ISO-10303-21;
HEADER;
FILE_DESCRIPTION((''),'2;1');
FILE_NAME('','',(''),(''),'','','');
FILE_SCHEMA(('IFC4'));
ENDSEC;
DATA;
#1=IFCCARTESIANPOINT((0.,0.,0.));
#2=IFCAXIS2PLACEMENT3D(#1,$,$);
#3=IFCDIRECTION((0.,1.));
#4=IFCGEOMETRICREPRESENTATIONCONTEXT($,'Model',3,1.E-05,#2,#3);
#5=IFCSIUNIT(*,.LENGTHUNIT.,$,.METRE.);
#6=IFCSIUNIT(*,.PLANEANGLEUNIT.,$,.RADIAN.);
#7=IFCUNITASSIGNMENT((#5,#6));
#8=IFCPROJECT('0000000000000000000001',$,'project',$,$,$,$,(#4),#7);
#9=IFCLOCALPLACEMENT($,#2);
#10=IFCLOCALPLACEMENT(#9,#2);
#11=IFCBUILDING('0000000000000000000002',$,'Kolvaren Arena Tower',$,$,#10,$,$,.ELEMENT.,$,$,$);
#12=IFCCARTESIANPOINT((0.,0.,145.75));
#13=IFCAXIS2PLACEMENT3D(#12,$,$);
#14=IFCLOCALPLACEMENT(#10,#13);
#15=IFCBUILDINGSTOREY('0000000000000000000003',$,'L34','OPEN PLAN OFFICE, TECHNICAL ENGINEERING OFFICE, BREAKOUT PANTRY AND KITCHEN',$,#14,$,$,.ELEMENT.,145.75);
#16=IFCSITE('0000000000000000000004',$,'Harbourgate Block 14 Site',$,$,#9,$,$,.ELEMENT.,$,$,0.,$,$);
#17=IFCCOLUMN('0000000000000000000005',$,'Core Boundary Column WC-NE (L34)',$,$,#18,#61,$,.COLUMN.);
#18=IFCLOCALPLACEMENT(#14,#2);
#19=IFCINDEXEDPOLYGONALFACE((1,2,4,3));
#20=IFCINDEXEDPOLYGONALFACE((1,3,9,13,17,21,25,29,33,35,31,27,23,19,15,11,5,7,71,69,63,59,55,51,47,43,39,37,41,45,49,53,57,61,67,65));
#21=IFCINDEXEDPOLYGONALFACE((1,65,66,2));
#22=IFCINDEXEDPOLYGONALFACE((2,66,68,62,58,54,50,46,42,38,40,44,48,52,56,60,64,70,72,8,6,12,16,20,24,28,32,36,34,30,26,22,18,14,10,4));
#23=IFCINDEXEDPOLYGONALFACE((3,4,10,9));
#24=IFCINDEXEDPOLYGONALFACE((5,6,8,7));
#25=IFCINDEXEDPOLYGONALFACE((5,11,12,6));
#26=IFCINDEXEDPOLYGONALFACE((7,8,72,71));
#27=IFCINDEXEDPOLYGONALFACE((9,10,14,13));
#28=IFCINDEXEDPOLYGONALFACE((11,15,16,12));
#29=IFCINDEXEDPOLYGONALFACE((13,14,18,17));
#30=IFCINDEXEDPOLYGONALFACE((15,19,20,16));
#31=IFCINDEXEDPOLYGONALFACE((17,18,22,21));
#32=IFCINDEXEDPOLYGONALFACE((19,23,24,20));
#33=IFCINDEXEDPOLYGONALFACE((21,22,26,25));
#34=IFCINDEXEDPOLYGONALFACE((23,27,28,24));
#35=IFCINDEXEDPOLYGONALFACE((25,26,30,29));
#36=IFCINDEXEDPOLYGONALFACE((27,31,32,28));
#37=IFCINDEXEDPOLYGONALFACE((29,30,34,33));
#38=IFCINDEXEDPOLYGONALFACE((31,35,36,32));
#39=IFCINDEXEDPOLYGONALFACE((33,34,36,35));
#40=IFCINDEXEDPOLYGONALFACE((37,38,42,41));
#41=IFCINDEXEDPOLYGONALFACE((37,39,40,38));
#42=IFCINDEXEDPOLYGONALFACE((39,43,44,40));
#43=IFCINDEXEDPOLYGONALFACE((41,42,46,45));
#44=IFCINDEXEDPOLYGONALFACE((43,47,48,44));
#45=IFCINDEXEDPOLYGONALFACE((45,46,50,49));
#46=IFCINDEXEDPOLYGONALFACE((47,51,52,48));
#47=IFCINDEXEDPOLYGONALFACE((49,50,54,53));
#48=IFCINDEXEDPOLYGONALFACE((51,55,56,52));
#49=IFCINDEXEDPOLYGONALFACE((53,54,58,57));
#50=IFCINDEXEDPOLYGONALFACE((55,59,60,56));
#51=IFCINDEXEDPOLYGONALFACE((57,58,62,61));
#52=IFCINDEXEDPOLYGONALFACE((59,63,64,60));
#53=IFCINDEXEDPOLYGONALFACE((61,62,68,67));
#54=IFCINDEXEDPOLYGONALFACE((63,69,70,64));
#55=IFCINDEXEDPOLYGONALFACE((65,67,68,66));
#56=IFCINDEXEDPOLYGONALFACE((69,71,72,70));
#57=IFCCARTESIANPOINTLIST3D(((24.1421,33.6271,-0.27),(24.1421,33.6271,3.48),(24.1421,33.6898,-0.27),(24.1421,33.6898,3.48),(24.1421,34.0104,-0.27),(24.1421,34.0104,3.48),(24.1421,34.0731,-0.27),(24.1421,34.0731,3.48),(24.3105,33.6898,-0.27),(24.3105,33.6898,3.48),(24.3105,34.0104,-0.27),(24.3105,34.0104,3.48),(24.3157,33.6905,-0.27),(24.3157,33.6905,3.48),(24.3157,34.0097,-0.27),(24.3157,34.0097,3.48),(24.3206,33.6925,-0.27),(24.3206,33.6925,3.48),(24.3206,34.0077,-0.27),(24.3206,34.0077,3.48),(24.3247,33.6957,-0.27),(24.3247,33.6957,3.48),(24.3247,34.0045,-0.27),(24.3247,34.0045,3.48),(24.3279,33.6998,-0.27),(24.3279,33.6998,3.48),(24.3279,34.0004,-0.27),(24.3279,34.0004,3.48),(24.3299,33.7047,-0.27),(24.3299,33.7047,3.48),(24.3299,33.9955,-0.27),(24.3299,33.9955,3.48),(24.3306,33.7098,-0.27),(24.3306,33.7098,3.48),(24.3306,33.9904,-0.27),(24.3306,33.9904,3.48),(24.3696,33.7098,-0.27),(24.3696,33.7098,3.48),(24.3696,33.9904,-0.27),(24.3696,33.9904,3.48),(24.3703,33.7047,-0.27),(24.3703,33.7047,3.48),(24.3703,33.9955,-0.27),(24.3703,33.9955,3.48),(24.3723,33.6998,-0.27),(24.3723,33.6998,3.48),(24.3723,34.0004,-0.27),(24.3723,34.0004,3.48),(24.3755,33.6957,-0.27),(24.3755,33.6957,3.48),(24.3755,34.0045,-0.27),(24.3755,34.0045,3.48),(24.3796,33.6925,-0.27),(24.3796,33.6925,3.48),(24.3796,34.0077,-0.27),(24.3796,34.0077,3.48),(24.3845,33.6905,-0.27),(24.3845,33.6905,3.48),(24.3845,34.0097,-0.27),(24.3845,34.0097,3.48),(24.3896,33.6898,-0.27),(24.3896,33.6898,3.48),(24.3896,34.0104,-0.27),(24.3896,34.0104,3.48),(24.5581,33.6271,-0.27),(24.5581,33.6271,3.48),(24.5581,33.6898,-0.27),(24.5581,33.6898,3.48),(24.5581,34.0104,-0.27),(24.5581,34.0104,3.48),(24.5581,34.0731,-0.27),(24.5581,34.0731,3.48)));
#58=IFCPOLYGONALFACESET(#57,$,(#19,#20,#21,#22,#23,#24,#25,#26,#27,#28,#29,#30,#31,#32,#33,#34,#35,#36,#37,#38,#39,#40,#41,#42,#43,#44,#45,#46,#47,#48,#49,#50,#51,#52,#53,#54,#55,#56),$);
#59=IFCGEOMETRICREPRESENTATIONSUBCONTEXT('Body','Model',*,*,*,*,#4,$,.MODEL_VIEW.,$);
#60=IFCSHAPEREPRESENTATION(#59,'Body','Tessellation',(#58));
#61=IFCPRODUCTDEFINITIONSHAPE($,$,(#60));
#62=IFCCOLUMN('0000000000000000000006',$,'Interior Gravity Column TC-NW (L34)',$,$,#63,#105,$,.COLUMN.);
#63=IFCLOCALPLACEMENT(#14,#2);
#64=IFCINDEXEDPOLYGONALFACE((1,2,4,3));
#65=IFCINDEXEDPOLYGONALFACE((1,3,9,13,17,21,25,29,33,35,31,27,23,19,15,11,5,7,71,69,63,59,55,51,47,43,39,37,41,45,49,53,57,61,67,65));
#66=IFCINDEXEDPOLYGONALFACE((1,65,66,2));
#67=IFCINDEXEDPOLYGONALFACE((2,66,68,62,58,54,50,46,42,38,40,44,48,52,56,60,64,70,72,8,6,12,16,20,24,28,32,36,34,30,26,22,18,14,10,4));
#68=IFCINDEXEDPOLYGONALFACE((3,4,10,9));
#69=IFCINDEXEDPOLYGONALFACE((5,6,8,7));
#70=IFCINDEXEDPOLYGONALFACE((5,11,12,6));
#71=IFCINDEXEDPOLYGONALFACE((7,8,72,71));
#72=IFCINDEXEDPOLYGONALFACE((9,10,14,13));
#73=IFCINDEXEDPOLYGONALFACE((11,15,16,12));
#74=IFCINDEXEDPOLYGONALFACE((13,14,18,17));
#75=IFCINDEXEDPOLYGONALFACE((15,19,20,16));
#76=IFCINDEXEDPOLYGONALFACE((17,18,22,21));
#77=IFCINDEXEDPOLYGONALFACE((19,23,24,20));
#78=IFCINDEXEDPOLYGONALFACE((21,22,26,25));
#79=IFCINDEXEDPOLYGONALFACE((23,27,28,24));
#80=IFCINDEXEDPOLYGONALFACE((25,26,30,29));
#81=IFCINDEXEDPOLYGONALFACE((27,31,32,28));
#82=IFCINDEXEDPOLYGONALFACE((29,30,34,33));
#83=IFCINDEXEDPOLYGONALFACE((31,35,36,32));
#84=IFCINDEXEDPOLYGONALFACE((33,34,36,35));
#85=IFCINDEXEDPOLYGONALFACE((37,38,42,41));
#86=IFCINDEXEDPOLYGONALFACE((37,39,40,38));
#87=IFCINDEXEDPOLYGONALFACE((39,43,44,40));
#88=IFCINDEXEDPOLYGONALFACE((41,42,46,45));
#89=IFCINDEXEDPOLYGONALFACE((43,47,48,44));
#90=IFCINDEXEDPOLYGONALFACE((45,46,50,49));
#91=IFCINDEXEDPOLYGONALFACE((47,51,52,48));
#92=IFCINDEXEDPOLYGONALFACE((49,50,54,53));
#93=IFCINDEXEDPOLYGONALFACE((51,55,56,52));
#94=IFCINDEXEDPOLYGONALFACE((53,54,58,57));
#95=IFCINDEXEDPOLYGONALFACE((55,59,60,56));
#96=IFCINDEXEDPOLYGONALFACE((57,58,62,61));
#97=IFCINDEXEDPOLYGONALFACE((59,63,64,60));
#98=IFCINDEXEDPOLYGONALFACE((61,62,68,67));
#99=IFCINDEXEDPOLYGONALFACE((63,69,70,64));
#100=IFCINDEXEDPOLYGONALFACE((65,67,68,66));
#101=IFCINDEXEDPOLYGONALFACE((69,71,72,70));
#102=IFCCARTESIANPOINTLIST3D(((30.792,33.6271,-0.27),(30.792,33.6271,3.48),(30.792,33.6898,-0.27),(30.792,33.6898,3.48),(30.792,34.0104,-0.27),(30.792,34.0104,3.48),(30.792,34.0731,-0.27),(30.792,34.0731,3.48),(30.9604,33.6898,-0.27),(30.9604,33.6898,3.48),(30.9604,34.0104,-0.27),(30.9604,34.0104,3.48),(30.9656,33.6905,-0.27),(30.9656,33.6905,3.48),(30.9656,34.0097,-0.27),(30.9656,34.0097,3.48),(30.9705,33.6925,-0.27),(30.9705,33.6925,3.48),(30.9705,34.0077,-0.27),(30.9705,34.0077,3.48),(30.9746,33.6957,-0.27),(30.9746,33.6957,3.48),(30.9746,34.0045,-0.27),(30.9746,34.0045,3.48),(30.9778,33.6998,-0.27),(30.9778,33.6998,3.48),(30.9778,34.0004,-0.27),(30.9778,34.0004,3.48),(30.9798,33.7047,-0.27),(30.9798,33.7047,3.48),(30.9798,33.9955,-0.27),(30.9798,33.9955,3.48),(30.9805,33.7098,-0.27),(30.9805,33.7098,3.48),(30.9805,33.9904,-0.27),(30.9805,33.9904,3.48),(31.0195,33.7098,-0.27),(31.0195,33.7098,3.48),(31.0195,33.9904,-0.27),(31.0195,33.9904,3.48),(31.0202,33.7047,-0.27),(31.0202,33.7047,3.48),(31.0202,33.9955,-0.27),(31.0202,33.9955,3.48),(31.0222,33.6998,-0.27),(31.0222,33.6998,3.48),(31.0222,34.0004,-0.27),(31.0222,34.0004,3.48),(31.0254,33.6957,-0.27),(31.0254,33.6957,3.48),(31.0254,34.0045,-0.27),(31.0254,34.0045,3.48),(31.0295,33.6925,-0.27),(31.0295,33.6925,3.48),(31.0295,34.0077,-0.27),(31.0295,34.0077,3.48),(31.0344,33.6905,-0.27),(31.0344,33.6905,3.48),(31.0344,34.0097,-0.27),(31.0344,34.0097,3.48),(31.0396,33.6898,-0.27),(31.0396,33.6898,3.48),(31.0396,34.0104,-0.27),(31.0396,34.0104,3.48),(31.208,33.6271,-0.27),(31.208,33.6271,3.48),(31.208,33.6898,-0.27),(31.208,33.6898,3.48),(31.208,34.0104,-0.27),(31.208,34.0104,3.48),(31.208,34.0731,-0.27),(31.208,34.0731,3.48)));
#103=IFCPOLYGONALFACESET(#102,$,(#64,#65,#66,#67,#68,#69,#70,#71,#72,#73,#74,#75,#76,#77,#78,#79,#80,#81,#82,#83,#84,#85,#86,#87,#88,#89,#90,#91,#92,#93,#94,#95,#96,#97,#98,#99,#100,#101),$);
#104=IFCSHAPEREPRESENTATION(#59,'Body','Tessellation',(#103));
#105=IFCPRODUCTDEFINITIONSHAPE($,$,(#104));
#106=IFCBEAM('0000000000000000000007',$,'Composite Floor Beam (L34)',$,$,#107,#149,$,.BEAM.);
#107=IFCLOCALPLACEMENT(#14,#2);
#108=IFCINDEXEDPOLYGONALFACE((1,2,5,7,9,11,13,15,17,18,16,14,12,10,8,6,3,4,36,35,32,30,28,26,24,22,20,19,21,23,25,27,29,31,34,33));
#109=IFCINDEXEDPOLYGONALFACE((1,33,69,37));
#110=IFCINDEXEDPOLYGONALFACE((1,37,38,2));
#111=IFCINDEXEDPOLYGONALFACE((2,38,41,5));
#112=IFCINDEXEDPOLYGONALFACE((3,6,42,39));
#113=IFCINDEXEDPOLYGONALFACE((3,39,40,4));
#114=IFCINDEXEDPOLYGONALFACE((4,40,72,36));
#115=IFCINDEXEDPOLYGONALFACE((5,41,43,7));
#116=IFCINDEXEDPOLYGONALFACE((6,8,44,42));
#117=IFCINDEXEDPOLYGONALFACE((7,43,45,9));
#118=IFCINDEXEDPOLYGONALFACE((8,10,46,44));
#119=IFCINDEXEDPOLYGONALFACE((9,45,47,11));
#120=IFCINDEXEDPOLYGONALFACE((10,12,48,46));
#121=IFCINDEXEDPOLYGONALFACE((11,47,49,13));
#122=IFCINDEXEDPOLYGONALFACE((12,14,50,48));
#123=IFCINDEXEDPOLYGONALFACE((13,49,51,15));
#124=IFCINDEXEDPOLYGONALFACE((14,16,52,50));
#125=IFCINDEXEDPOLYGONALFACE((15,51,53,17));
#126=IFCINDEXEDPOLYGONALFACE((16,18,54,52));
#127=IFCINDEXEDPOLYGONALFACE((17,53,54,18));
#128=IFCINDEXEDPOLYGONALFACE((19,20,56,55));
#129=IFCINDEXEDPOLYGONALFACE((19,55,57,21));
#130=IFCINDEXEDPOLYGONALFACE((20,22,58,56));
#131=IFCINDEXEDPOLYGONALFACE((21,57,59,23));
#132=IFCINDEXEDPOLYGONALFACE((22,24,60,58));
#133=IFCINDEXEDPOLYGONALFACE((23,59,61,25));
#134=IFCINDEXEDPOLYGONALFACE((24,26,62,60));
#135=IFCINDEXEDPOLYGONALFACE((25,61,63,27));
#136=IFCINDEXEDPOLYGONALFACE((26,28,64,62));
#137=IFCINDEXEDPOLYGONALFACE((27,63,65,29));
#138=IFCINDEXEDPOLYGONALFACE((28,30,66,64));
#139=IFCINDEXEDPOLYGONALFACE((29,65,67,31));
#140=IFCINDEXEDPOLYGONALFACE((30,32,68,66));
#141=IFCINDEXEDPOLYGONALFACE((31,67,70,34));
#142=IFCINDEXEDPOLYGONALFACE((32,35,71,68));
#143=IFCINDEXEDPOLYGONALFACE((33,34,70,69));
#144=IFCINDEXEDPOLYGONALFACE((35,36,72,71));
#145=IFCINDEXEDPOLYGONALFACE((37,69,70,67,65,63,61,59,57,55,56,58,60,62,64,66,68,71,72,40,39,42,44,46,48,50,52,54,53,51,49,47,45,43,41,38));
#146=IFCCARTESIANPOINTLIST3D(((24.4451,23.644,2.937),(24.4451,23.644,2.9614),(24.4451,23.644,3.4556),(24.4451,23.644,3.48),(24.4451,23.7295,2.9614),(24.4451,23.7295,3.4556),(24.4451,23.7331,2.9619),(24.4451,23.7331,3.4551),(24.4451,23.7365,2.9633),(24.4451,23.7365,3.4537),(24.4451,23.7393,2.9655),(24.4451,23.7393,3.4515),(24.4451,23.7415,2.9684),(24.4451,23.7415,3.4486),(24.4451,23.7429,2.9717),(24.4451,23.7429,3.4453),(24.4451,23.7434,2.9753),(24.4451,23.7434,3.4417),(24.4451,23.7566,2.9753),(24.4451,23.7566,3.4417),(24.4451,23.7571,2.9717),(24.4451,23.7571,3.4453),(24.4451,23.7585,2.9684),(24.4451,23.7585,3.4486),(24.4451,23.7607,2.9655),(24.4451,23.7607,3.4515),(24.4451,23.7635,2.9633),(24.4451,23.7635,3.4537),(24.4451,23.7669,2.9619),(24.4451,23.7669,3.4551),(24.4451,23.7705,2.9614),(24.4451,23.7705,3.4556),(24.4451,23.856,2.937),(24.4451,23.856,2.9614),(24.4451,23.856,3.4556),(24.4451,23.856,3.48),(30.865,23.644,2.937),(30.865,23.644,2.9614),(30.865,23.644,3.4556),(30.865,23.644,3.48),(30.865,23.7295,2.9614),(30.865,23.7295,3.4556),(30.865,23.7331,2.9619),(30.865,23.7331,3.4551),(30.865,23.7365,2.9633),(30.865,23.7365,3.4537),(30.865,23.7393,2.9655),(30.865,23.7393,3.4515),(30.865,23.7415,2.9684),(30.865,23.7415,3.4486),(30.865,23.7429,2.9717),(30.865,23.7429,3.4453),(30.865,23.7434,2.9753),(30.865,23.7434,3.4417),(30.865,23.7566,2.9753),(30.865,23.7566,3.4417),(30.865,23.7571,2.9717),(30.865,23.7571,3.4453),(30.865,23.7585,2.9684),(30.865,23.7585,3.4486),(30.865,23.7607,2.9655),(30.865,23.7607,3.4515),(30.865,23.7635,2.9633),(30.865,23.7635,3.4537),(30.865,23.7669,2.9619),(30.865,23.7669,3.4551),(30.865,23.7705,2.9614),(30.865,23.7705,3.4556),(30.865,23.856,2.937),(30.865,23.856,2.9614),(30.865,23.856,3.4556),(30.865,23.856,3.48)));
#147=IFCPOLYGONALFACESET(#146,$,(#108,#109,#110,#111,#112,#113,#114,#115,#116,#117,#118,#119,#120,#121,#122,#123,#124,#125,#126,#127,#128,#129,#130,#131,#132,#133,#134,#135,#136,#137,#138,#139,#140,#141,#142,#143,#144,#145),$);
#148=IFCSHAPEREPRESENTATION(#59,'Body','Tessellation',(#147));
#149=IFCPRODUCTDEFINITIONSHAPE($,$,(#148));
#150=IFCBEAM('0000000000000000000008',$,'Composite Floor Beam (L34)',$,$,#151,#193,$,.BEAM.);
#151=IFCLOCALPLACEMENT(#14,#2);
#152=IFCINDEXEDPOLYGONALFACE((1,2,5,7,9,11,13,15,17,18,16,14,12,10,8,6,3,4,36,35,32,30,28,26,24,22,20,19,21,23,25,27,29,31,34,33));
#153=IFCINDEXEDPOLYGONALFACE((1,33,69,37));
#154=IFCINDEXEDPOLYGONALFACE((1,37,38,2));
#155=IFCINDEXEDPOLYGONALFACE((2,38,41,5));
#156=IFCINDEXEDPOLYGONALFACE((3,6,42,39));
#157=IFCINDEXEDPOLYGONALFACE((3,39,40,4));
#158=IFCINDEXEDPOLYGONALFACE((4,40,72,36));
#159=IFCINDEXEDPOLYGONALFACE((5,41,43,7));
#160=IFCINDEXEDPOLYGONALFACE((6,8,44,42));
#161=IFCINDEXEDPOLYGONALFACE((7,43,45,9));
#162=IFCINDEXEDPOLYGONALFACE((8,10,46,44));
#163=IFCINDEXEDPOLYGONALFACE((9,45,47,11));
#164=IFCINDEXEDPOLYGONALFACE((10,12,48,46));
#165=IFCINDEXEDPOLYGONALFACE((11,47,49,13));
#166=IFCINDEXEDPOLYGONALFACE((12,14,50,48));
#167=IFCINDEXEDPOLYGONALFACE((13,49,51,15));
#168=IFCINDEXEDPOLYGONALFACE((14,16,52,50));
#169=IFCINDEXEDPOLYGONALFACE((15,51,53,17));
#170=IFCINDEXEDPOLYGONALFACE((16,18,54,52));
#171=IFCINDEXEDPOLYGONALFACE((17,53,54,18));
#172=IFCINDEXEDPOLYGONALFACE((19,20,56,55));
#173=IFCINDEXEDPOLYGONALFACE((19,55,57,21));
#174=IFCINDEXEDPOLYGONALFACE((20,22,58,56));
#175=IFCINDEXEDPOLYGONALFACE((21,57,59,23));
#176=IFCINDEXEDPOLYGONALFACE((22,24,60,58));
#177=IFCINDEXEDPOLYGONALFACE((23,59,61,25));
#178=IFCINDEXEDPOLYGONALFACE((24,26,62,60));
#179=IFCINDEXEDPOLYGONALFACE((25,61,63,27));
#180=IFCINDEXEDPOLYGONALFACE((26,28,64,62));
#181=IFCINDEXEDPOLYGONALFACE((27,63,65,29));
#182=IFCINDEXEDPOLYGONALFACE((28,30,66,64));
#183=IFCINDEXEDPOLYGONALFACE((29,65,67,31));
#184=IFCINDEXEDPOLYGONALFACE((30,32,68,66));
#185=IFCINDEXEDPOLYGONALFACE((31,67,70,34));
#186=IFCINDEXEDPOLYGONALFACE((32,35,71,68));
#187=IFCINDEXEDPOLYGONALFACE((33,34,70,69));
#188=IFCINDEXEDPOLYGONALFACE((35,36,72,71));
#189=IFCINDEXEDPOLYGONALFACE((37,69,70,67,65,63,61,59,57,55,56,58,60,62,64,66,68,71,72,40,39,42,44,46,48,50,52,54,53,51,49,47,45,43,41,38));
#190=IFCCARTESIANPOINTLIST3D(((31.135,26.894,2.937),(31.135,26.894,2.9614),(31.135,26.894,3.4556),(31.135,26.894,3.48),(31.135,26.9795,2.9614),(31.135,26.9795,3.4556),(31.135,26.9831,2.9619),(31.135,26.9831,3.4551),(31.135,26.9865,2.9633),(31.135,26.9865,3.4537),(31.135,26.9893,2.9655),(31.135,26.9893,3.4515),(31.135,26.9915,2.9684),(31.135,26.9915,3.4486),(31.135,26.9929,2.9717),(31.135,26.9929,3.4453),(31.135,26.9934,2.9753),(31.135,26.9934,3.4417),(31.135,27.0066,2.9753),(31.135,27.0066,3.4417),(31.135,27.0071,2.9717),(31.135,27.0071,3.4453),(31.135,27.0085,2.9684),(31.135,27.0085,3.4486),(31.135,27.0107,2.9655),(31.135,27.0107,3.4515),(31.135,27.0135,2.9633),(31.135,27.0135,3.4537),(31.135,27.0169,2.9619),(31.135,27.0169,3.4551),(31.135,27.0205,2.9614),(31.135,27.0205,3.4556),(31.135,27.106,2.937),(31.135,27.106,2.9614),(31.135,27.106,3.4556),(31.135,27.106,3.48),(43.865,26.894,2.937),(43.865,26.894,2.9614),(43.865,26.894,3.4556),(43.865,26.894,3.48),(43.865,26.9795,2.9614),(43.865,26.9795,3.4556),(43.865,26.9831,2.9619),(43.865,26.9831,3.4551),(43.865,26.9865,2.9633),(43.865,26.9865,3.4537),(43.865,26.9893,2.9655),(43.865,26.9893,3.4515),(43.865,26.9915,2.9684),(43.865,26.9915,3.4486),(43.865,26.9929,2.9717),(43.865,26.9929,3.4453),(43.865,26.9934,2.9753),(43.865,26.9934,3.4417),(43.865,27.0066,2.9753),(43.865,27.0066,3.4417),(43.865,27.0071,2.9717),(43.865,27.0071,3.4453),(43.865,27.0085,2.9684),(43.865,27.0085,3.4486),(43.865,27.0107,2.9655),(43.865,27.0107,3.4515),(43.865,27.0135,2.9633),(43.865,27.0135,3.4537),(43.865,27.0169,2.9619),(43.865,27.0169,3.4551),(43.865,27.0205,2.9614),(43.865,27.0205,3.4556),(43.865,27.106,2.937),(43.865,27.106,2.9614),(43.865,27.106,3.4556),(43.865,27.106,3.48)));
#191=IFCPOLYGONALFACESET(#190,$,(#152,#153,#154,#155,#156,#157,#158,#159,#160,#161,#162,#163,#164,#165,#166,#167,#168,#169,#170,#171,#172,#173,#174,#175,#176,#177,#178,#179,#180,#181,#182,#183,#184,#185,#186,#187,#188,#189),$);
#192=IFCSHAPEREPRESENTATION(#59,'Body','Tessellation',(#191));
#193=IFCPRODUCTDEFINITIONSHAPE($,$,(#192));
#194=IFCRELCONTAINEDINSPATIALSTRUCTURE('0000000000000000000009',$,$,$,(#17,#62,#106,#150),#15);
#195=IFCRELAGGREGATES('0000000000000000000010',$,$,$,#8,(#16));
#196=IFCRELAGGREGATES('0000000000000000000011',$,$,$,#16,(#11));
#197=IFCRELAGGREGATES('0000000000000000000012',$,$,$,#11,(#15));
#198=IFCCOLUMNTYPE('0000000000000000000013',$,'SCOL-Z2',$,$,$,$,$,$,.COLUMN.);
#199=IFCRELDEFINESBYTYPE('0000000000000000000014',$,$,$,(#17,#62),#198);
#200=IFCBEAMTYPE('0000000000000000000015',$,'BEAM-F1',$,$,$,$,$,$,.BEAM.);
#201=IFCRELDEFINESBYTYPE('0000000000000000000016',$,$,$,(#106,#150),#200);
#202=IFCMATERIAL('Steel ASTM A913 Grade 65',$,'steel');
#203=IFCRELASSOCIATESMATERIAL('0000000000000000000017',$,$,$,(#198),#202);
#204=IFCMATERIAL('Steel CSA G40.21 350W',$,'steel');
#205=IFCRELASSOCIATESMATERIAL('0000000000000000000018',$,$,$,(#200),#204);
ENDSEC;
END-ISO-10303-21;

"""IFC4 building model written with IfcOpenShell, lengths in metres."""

from ifc_helpers import new_model, si_unit, direction, frame, origin, origin_2d, place, context, subcontext, project, spatial, i_section, extrude, material, material_profile, profile_set, type_object, element, save


model = new_model("IFC4")

# Units and contexts
model_context = context("Model", 3, precision=1e-05, world=origin(), true_north=direction((0.0, 1.0)))
body_context = subcontext(model_context, "Body", "Model", "MODEL_VIEW")
ifc_project = project(units=[si_unit("LENGTHUNIT", "METRE"), si_unit("PLANEANGLEUNIT", "RADIAN")], contexts=[model_context])

# Site, building, storey
site_placement = place(None, origin())
site = spatial("IfcSite", under=ifc_project, at=site_placement, Name="Harbourgate Block 14 Site", CompositionType="ELEMENT", RefElevation=0.0)
building_placement = place(site_placement, origin())
building = spatial("IfcBuilding", under=site, at=building_placement, Name="Kolvaren Arena Tower", CompositionType="ELEMENT")
storey_placement = place(building_placement, frame((0.0, 0.0, 145.75)))
storey = spatial("IfcBuildingStorey", under=building, at=storey_placement, Name="L34", Description="OPEN PLAN OFFICE, TECHNICAL ENGINEERING OFFICE, BREAKOUT PANTRY AND KITCHEN", CompositionType="ELEMENT", Elevation=145.75)

# Columns
ifc_material_1 = material(Name="Steel ASTM A913 Grade 65", Category="steel")
ifc_material_profile_1 = material_profile(ifc_material_1, i_section(OverallWidth=0.416, OverallDepth=0.446, WebThickness=0.0391, FlangeThickness=0.0627, FilletRadius=0.02, at=origin_2d()), Name="W360x509")
ifc_profile_set_1 = profile_set([ifc_material_profile_1], Name="Steel ASTM A913 Grade 65")
column_type = type_object("IfcColumnType", Name="SCOL-Z2", PredefinedType="COLUMN", material=ifc_profile_set_1)
for number, where, z_axis, x_axis, name in (
    (1, (24.3501, 33.8501, -0.27), (0.0, 0.0, 1.0), (1.0, 0.0, 0.0), "Core Boundary Column WC-NE (L34)"),
    (2, (31.0, 33.8501, -0.27), (0.0, 0.0, 1.0), (1.0, 0.0, 0.0), "Interior Gravity Column TC-NW (L34)"),
):
    element("IfcColumn", number, at=place(storey_placement, frame(where, z_axis=z_axis, x_axis=x_axis)), inside=storey, type_object=column_type, Name=name, PredefinedType="COLUMN", context=body_context, shape_type="SweptSolid", body=[
        extrude(i_section(OverallWidth=0.416, OverallDepth=0.446, WebThickness=0.0391, FlangeThickness=0.0627, FilletRadius=0.02, at=origin_2d()), origin(), (0.0, 0.0, 1.0), 3.75),
    ])

# Beams
ifc_material_2 = material(Name="Steel CSA G40.21 350W", Category="steel")
ifc_material_profile_2 = material_profile(ifc_material_2, i_section(OverallWidth=0.2119, OverallDepth=0.543, WebThickness=0.0132, FlangeThickness=0.0244, FilletRadius=0.0139, at=origin_2d()), Name="W530x150")
ifc_profile_set_2 = profile_set([ifc_material_profile_2], Name="Steel CSA G40.21 350W")
beam_type_1 = type_object("IfcBeamType", Name="BEAM-F1", PredefinedType="BEAM", material=ifc_profile_set_2)
beam_1_placement = place(storey_placement, frame((24.4451, 23.75, 3.2085), z_axis=(1.0, 0.0, 0.0), x_axis=(0.0, 1.0, 0.0)))
element("IfcBeam", 3, at=beam_1_placement, inside=storey, type_object=beam_type_1, Name="Composite Floor Beam (L34)", PredefinedType="BEAM", context=body_context, shape_type="SweptSolid", body=[
    extrude(i_section(OverallWidth=0.2119, OverallDepth=0.543, WebThickness=0.0132, FlangeThickness=0.0244, FilletRadius=0.0139, at=origin_2d()), origin(), (0.0, 0.0, 1.0), 6.4199),
])
beam_2_placement = place(storey_placement, frame((31.135, 27.0, 3.2085), z_axis=(1.0, 0.0, 0.0), x_axis=(0.0, 1.0, 0.0)))
element("IfcBeam", 4, at=beam_2_placement, inside=storey, type_object=beam_type_1, Name="Composite Floor Beam (L34)", PredefinedType="BEAM", context=body_context, shape_type="SweptSolid", body=[
    extrude(i_section(OverallWidth=0.2119, OverallDepth=0.543, WebThickness=0.0132, FlangeThickness=0.0244, FilletRadius=0.0139, at=origin_2d()), origin(), (0.0, 0.0, 1.0), 12.73),
])

save(model, "model.ifc")
